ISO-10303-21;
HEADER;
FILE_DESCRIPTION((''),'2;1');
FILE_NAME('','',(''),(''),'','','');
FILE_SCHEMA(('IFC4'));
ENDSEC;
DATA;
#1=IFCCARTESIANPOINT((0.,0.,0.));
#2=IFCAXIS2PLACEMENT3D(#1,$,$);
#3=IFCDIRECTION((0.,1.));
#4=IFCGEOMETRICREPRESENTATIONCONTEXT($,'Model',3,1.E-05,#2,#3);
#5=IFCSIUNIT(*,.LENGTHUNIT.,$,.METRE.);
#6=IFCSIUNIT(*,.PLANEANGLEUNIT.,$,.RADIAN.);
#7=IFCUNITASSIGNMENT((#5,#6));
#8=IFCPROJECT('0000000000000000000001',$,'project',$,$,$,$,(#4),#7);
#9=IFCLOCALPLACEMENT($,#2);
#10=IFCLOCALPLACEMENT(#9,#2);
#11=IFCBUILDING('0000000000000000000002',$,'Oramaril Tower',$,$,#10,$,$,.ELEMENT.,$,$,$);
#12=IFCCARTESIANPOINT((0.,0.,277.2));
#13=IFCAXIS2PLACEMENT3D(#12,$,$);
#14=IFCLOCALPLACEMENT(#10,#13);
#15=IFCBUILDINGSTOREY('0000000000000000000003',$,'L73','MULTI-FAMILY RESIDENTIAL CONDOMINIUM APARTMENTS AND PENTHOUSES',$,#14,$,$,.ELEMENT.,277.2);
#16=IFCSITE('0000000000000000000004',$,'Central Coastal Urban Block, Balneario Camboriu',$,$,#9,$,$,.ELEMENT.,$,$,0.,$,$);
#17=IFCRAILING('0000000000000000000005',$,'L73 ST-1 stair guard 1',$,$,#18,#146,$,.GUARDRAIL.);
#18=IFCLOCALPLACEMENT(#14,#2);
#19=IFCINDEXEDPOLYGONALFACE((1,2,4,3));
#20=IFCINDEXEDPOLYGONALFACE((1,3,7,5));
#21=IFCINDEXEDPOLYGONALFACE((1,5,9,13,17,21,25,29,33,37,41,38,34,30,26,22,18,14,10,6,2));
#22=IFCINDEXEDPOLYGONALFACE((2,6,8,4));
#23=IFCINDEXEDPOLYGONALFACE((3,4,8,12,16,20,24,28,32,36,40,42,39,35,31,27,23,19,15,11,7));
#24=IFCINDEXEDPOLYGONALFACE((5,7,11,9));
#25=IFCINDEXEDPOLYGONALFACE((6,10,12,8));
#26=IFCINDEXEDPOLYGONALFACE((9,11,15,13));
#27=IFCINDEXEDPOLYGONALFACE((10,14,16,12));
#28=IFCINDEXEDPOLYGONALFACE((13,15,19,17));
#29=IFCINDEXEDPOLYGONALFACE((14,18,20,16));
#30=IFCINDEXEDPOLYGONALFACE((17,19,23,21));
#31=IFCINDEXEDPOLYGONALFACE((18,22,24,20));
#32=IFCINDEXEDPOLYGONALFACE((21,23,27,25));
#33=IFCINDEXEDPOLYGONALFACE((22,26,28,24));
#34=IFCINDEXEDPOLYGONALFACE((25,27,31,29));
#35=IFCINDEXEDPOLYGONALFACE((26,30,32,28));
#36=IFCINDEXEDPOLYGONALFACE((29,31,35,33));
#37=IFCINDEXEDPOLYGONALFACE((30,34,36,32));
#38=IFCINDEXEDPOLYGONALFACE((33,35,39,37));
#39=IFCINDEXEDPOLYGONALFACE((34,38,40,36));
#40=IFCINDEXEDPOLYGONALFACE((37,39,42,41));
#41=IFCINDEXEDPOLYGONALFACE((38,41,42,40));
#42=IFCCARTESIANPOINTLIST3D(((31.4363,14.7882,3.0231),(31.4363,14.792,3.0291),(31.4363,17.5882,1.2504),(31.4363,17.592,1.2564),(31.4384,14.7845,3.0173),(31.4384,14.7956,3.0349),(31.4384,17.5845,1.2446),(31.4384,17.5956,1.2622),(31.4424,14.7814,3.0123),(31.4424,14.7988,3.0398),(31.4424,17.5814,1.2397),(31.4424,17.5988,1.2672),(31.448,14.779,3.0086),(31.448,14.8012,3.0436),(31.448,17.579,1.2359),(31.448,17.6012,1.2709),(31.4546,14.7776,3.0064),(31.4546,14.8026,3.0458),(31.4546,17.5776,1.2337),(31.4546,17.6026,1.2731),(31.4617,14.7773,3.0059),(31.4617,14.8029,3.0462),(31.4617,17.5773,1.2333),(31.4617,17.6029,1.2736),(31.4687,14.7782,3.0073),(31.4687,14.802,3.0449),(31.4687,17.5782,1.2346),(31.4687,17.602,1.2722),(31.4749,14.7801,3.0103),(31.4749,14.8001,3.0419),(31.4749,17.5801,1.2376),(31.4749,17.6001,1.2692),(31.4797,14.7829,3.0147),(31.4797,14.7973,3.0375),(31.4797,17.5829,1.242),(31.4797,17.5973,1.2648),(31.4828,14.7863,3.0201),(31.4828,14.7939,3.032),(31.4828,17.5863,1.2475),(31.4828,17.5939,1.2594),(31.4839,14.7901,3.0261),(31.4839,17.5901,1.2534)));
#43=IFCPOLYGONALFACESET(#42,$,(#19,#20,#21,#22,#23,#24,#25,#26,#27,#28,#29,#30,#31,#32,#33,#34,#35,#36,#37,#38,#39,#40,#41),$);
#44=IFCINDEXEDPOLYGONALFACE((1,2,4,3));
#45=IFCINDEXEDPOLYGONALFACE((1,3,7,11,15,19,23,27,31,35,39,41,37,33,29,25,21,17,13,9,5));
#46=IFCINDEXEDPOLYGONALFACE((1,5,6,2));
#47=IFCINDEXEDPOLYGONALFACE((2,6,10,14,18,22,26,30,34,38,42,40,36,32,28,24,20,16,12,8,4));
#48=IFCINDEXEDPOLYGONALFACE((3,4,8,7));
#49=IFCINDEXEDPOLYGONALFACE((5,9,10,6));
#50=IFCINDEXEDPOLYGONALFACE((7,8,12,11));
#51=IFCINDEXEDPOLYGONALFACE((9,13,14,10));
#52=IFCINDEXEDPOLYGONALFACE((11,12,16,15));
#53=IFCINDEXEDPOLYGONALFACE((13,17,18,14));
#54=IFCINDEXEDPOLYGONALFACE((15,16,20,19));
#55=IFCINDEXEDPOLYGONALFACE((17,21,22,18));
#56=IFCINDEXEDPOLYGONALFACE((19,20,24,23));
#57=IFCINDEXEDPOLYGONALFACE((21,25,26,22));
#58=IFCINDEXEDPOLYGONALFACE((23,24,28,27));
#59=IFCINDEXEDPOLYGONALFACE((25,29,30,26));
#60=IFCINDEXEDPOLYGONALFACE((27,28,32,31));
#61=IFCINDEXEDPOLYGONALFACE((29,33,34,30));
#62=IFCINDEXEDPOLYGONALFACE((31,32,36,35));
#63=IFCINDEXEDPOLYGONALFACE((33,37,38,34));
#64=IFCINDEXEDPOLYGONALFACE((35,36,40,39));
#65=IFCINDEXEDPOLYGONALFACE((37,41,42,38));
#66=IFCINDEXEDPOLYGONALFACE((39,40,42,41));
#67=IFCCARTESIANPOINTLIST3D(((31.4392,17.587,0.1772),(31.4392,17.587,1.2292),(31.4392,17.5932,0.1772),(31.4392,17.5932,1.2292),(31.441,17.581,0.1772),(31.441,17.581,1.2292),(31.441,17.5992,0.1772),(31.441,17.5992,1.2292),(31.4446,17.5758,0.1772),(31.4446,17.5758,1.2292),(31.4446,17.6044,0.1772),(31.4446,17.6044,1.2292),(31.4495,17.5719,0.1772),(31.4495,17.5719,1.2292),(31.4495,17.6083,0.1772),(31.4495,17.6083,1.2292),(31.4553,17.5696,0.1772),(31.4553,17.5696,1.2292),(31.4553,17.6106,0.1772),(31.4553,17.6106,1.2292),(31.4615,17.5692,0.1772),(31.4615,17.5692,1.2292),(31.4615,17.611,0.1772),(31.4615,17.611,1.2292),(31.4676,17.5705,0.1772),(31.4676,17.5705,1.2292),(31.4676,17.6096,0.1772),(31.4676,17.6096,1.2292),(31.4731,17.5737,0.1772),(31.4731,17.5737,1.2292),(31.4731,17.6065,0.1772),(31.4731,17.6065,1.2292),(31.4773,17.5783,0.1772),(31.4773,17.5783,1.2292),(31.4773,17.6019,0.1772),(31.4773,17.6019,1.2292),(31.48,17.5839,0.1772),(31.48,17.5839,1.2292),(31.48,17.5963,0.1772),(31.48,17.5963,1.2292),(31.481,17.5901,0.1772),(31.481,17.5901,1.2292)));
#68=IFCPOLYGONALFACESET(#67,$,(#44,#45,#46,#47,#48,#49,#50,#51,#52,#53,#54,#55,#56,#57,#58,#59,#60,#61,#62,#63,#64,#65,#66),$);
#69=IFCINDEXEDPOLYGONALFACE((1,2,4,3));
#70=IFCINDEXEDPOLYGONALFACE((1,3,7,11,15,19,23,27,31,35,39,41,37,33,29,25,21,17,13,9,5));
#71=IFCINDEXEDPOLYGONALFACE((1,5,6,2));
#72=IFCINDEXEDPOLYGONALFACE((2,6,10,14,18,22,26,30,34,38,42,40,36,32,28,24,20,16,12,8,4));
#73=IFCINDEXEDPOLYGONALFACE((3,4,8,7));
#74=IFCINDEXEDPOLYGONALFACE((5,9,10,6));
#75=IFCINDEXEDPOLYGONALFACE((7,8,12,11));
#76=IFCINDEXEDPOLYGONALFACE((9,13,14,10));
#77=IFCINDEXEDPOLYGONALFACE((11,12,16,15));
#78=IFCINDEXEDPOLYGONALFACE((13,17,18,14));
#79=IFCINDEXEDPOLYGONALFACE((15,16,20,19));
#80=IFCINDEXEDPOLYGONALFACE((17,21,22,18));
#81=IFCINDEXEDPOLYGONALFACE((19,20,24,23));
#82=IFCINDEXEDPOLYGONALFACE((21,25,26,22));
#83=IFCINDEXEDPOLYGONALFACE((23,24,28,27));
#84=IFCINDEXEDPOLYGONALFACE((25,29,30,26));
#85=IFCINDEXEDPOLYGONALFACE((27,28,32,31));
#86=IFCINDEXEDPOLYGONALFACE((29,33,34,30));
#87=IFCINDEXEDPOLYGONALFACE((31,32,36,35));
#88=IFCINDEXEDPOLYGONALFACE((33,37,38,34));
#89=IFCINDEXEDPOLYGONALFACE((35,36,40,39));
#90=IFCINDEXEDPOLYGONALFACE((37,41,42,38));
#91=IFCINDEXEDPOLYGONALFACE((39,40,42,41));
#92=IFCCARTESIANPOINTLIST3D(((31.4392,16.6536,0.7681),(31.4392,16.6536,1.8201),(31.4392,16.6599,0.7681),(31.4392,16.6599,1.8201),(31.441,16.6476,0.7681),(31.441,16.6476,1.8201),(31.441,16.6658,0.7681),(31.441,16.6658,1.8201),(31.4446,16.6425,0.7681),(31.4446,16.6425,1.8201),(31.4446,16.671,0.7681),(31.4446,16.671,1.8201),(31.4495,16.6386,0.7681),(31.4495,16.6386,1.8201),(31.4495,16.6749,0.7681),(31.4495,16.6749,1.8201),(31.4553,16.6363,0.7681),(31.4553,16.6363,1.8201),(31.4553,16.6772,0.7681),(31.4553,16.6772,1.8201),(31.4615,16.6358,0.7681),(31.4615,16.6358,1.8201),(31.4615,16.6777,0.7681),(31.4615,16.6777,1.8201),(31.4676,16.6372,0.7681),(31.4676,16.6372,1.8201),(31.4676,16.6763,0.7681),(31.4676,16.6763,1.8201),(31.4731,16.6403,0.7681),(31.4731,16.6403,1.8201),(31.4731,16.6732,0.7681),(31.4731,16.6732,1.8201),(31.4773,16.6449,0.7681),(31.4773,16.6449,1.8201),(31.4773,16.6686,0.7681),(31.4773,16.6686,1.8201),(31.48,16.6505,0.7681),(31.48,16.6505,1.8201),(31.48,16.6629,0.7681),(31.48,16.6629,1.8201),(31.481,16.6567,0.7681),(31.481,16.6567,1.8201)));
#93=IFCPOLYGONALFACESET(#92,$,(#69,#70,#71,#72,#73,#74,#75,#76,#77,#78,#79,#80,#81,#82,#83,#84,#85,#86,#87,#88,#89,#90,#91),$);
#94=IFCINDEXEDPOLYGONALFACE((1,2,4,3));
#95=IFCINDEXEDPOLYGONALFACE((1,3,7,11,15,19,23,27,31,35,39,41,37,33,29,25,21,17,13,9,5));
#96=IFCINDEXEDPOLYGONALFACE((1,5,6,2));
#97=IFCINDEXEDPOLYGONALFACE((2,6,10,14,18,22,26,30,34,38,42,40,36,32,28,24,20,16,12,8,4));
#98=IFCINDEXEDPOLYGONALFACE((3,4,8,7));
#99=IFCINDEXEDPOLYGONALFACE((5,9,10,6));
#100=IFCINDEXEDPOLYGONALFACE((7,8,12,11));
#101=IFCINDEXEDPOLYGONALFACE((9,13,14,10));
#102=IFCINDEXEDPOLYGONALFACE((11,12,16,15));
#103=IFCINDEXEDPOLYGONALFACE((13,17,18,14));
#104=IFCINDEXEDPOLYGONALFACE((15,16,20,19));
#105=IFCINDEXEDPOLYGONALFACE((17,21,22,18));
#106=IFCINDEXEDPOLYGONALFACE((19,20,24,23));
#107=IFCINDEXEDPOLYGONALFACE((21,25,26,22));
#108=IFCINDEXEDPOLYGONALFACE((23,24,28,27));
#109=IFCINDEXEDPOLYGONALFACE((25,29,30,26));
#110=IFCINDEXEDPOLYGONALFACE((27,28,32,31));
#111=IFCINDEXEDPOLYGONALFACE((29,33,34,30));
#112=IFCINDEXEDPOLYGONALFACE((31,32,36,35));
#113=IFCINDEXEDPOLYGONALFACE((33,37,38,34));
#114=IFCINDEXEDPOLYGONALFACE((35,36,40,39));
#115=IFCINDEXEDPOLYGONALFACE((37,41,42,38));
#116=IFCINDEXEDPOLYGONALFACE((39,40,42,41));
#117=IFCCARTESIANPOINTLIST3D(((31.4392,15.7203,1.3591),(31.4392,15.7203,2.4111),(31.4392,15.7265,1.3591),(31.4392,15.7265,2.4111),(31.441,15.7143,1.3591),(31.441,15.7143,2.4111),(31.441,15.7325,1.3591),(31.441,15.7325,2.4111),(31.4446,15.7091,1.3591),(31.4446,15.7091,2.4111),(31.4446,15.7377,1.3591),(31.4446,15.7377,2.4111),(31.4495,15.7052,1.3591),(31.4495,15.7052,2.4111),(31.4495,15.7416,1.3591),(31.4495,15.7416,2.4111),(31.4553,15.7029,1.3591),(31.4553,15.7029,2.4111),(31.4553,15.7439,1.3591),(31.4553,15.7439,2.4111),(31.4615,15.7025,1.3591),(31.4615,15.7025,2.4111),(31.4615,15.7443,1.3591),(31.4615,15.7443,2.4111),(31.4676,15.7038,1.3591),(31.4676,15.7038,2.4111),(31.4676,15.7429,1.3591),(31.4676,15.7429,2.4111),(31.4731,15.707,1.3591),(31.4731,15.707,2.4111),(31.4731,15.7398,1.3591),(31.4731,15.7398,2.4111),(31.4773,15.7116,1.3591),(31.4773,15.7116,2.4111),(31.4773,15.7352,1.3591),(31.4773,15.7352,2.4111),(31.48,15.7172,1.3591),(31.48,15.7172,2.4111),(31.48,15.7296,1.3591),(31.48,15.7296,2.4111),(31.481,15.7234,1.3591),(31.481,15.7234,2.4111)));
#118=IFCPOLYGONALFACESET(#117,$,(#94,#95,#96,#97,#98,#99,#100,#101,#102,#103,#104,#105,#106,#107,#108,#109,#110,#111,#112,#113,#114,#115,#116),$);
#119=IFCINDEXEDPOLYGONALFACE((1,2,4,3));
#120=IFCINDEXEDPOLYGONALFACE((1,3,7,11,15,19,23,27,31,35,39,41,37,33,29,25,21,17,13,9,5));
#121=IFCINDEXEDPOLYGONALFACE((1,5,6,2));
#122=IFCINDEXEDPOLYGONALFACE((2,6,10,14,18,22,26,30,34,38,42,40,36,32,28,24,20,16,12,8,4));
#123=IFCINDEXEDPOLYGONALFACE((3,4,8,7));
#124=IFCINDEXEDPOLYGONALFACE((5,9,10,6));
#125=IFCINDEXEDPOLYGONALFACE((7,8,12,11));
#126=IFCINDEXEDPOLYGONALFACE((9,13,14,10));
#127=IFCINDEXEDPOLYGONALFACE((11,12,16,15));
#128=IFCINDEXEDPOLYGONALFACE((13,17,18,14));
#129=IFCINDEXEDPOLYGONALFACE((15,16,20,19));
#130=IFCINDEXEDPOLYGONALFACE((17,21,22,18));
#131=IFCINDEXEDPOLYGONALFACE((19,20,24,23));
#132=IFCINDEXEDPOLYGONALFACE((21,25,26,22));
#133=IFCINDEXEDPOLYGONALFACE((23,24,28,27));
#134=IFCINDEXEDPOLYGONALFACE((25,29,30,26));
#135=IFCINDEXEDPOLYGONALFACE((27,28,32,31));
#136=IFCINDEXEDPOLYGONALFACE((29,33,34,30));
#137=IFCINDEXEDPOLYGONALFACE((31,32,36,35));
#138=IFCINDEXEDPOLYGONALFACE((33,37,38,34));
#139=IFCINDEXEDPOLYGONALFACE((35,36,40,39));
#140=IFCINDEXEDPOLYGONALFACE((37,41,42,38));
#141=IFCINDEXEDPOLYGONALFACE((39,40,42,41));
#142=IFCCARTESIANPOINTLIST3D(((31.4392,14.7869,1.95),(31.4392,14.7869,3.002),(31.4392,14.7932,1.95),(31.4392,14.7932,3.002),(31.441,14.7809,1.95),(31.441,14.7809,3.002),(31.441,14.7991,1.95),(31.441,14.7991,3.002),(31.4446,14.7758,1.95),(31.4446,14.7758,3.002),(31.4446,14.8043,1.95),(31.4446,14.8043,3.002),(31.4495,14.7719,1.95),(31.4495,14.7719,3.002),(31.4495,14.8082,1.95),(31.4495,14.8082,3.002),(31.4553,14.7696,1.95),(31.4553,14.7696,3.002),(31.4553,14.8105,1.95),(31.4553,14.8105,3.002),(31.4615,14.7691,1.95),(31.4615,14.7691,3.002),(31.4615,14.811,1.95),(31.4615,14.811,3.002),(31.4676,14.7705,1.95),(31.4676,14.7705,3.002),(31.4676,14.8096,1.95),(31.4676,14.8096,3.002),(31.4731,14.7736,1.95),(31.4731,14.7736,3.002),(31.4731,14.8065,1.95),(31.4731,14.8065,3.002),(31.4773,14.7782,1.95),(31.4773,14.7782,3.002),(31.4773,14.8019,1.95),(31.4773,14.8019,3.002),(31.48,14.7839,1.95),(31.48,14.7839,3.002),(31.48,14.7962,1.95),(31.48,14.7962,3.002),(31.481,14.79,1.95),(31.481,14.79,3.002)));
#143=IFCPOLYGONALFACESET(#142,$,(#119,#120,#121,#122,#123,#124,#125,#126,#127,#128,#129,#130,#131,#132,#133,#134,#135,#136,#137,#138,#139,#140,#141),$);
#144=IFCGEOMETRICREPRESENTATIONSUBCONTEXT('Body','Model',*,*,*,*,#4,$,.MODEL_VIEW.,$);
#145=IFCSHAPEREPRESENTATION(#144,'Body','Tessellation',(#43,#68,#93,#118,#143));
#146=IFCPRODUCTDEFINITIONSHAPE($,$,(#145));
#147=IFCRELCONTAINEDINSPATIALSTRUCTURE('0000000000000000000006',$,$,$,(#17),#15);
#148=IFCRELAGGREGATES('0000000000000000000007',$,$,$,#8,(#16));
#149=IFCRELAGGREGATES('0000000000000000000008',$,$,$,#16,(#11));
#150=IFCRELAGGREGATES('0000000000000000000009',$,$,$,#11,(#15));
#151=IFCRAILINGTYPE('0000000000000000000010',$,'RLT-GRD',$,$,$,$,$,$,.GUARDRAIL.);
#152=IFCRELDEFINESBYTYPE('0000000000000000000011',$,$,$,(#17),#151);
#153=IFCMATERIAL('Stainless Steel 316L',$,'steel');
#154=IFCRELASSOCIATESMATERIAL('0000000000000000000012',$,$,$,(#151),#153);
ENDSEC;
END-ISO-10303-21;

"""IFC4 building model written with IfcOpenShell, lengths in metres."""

from ifc_helpers import new_model, si_unit, direction, frame, origin, origin_2d, place, context, subcontext, project, spatial, circle, extrude, material, type_object, element, save


model = new_model("IFC4")

# Units and contexts
model_context = context("Model", 3, precision=1e-05, world=origin(), true_north=direction((0.0, 1.0)))
body_context = subcontext(model_context, "Body", "Model", "MODEL_VIEW")
ifc_project = project(units=[si_unit("LENGTHUNIT", "METRE"), si_unit("PLANEANGLEUNIT", "RADIAN")], contexts=[model_context])

# Site, building, storey
site_placement = place(None, origin())
site = spatial("IfcSite", under=ifc_project, at=site_placement, Name="Central Coastal Urban Block, Balneario Camboriu", CompositionType="ELEMENT", RefElevation=0.0)
building_placement = place(site_placement, origin())
building = spatial("IfcBuilding", under=site, at=building_placement, Name="Oramaril Tower", CompositionType="ELEMENT")
storey_placement = place(building_placement, frame((0.0, 0.0, 277.2)))
storey = spatial("IfcBuildingStorey", under=building, at=storey_placement, Name="L73", Description="MULTI-FAMILY RESIDENTIAL CONDOMINIUM APARTMENTS AND PENTHOUSES", CompositionType="ELEMENT", Elevation=277.2)

# Railing
ifc_material_1 = material(Name="Stainless Steel 316L", Category="steel")
railing_type_1 = type_object("IfcRailingType", Name="RLT-GRD", PredefinedType="GUARDRAIL", material=ifc_material_1)
railing_1_placement = place(storey_placement, frame((31.46, 17.5901, 0.1772)))
element("IfcRailing", 1, at=railing_1_placement, inside=storey, type_object=railing_type_1, Name="L73 ST-1 stair guard 1", PredefinedType="GUARDRAIL", context=body_context, shape_type="SweptSolid", body=[
    extrude(circle(Radius=0.0239, at=origin_2d()), frame((0.0, 0.0, 1.0762), z_axis=(0.0, -0.844909, 0.53491), x_axis=(1.0, 0.0, 0.0)), (0.0, 0.0, 1.0), 3.314),
    extrude(circle(Radius=0.021, at=origin_2d()), origin(), (0.0, 0.0, 1.0), 1.052),
    extrude(circle(Radius=0.021, at=origin_2d()), frame((0.0, -0.9333, 0.5908)), (0.0, 0.0, 1.0), 1.052),
    extrude(circle(Radius=0.021, at=origin_2d()), frame((0.0, -1.8667, 1.1819)), (0.0, 0.0, 1.0), 1.052),
    extrude(circle(Radius=0.021, at=origin_2d()), frame((0.0, -2.8, 1.7727)), (0.0, 0.0, 1.0), 1.052),
])

save(model, "model.ifc")
